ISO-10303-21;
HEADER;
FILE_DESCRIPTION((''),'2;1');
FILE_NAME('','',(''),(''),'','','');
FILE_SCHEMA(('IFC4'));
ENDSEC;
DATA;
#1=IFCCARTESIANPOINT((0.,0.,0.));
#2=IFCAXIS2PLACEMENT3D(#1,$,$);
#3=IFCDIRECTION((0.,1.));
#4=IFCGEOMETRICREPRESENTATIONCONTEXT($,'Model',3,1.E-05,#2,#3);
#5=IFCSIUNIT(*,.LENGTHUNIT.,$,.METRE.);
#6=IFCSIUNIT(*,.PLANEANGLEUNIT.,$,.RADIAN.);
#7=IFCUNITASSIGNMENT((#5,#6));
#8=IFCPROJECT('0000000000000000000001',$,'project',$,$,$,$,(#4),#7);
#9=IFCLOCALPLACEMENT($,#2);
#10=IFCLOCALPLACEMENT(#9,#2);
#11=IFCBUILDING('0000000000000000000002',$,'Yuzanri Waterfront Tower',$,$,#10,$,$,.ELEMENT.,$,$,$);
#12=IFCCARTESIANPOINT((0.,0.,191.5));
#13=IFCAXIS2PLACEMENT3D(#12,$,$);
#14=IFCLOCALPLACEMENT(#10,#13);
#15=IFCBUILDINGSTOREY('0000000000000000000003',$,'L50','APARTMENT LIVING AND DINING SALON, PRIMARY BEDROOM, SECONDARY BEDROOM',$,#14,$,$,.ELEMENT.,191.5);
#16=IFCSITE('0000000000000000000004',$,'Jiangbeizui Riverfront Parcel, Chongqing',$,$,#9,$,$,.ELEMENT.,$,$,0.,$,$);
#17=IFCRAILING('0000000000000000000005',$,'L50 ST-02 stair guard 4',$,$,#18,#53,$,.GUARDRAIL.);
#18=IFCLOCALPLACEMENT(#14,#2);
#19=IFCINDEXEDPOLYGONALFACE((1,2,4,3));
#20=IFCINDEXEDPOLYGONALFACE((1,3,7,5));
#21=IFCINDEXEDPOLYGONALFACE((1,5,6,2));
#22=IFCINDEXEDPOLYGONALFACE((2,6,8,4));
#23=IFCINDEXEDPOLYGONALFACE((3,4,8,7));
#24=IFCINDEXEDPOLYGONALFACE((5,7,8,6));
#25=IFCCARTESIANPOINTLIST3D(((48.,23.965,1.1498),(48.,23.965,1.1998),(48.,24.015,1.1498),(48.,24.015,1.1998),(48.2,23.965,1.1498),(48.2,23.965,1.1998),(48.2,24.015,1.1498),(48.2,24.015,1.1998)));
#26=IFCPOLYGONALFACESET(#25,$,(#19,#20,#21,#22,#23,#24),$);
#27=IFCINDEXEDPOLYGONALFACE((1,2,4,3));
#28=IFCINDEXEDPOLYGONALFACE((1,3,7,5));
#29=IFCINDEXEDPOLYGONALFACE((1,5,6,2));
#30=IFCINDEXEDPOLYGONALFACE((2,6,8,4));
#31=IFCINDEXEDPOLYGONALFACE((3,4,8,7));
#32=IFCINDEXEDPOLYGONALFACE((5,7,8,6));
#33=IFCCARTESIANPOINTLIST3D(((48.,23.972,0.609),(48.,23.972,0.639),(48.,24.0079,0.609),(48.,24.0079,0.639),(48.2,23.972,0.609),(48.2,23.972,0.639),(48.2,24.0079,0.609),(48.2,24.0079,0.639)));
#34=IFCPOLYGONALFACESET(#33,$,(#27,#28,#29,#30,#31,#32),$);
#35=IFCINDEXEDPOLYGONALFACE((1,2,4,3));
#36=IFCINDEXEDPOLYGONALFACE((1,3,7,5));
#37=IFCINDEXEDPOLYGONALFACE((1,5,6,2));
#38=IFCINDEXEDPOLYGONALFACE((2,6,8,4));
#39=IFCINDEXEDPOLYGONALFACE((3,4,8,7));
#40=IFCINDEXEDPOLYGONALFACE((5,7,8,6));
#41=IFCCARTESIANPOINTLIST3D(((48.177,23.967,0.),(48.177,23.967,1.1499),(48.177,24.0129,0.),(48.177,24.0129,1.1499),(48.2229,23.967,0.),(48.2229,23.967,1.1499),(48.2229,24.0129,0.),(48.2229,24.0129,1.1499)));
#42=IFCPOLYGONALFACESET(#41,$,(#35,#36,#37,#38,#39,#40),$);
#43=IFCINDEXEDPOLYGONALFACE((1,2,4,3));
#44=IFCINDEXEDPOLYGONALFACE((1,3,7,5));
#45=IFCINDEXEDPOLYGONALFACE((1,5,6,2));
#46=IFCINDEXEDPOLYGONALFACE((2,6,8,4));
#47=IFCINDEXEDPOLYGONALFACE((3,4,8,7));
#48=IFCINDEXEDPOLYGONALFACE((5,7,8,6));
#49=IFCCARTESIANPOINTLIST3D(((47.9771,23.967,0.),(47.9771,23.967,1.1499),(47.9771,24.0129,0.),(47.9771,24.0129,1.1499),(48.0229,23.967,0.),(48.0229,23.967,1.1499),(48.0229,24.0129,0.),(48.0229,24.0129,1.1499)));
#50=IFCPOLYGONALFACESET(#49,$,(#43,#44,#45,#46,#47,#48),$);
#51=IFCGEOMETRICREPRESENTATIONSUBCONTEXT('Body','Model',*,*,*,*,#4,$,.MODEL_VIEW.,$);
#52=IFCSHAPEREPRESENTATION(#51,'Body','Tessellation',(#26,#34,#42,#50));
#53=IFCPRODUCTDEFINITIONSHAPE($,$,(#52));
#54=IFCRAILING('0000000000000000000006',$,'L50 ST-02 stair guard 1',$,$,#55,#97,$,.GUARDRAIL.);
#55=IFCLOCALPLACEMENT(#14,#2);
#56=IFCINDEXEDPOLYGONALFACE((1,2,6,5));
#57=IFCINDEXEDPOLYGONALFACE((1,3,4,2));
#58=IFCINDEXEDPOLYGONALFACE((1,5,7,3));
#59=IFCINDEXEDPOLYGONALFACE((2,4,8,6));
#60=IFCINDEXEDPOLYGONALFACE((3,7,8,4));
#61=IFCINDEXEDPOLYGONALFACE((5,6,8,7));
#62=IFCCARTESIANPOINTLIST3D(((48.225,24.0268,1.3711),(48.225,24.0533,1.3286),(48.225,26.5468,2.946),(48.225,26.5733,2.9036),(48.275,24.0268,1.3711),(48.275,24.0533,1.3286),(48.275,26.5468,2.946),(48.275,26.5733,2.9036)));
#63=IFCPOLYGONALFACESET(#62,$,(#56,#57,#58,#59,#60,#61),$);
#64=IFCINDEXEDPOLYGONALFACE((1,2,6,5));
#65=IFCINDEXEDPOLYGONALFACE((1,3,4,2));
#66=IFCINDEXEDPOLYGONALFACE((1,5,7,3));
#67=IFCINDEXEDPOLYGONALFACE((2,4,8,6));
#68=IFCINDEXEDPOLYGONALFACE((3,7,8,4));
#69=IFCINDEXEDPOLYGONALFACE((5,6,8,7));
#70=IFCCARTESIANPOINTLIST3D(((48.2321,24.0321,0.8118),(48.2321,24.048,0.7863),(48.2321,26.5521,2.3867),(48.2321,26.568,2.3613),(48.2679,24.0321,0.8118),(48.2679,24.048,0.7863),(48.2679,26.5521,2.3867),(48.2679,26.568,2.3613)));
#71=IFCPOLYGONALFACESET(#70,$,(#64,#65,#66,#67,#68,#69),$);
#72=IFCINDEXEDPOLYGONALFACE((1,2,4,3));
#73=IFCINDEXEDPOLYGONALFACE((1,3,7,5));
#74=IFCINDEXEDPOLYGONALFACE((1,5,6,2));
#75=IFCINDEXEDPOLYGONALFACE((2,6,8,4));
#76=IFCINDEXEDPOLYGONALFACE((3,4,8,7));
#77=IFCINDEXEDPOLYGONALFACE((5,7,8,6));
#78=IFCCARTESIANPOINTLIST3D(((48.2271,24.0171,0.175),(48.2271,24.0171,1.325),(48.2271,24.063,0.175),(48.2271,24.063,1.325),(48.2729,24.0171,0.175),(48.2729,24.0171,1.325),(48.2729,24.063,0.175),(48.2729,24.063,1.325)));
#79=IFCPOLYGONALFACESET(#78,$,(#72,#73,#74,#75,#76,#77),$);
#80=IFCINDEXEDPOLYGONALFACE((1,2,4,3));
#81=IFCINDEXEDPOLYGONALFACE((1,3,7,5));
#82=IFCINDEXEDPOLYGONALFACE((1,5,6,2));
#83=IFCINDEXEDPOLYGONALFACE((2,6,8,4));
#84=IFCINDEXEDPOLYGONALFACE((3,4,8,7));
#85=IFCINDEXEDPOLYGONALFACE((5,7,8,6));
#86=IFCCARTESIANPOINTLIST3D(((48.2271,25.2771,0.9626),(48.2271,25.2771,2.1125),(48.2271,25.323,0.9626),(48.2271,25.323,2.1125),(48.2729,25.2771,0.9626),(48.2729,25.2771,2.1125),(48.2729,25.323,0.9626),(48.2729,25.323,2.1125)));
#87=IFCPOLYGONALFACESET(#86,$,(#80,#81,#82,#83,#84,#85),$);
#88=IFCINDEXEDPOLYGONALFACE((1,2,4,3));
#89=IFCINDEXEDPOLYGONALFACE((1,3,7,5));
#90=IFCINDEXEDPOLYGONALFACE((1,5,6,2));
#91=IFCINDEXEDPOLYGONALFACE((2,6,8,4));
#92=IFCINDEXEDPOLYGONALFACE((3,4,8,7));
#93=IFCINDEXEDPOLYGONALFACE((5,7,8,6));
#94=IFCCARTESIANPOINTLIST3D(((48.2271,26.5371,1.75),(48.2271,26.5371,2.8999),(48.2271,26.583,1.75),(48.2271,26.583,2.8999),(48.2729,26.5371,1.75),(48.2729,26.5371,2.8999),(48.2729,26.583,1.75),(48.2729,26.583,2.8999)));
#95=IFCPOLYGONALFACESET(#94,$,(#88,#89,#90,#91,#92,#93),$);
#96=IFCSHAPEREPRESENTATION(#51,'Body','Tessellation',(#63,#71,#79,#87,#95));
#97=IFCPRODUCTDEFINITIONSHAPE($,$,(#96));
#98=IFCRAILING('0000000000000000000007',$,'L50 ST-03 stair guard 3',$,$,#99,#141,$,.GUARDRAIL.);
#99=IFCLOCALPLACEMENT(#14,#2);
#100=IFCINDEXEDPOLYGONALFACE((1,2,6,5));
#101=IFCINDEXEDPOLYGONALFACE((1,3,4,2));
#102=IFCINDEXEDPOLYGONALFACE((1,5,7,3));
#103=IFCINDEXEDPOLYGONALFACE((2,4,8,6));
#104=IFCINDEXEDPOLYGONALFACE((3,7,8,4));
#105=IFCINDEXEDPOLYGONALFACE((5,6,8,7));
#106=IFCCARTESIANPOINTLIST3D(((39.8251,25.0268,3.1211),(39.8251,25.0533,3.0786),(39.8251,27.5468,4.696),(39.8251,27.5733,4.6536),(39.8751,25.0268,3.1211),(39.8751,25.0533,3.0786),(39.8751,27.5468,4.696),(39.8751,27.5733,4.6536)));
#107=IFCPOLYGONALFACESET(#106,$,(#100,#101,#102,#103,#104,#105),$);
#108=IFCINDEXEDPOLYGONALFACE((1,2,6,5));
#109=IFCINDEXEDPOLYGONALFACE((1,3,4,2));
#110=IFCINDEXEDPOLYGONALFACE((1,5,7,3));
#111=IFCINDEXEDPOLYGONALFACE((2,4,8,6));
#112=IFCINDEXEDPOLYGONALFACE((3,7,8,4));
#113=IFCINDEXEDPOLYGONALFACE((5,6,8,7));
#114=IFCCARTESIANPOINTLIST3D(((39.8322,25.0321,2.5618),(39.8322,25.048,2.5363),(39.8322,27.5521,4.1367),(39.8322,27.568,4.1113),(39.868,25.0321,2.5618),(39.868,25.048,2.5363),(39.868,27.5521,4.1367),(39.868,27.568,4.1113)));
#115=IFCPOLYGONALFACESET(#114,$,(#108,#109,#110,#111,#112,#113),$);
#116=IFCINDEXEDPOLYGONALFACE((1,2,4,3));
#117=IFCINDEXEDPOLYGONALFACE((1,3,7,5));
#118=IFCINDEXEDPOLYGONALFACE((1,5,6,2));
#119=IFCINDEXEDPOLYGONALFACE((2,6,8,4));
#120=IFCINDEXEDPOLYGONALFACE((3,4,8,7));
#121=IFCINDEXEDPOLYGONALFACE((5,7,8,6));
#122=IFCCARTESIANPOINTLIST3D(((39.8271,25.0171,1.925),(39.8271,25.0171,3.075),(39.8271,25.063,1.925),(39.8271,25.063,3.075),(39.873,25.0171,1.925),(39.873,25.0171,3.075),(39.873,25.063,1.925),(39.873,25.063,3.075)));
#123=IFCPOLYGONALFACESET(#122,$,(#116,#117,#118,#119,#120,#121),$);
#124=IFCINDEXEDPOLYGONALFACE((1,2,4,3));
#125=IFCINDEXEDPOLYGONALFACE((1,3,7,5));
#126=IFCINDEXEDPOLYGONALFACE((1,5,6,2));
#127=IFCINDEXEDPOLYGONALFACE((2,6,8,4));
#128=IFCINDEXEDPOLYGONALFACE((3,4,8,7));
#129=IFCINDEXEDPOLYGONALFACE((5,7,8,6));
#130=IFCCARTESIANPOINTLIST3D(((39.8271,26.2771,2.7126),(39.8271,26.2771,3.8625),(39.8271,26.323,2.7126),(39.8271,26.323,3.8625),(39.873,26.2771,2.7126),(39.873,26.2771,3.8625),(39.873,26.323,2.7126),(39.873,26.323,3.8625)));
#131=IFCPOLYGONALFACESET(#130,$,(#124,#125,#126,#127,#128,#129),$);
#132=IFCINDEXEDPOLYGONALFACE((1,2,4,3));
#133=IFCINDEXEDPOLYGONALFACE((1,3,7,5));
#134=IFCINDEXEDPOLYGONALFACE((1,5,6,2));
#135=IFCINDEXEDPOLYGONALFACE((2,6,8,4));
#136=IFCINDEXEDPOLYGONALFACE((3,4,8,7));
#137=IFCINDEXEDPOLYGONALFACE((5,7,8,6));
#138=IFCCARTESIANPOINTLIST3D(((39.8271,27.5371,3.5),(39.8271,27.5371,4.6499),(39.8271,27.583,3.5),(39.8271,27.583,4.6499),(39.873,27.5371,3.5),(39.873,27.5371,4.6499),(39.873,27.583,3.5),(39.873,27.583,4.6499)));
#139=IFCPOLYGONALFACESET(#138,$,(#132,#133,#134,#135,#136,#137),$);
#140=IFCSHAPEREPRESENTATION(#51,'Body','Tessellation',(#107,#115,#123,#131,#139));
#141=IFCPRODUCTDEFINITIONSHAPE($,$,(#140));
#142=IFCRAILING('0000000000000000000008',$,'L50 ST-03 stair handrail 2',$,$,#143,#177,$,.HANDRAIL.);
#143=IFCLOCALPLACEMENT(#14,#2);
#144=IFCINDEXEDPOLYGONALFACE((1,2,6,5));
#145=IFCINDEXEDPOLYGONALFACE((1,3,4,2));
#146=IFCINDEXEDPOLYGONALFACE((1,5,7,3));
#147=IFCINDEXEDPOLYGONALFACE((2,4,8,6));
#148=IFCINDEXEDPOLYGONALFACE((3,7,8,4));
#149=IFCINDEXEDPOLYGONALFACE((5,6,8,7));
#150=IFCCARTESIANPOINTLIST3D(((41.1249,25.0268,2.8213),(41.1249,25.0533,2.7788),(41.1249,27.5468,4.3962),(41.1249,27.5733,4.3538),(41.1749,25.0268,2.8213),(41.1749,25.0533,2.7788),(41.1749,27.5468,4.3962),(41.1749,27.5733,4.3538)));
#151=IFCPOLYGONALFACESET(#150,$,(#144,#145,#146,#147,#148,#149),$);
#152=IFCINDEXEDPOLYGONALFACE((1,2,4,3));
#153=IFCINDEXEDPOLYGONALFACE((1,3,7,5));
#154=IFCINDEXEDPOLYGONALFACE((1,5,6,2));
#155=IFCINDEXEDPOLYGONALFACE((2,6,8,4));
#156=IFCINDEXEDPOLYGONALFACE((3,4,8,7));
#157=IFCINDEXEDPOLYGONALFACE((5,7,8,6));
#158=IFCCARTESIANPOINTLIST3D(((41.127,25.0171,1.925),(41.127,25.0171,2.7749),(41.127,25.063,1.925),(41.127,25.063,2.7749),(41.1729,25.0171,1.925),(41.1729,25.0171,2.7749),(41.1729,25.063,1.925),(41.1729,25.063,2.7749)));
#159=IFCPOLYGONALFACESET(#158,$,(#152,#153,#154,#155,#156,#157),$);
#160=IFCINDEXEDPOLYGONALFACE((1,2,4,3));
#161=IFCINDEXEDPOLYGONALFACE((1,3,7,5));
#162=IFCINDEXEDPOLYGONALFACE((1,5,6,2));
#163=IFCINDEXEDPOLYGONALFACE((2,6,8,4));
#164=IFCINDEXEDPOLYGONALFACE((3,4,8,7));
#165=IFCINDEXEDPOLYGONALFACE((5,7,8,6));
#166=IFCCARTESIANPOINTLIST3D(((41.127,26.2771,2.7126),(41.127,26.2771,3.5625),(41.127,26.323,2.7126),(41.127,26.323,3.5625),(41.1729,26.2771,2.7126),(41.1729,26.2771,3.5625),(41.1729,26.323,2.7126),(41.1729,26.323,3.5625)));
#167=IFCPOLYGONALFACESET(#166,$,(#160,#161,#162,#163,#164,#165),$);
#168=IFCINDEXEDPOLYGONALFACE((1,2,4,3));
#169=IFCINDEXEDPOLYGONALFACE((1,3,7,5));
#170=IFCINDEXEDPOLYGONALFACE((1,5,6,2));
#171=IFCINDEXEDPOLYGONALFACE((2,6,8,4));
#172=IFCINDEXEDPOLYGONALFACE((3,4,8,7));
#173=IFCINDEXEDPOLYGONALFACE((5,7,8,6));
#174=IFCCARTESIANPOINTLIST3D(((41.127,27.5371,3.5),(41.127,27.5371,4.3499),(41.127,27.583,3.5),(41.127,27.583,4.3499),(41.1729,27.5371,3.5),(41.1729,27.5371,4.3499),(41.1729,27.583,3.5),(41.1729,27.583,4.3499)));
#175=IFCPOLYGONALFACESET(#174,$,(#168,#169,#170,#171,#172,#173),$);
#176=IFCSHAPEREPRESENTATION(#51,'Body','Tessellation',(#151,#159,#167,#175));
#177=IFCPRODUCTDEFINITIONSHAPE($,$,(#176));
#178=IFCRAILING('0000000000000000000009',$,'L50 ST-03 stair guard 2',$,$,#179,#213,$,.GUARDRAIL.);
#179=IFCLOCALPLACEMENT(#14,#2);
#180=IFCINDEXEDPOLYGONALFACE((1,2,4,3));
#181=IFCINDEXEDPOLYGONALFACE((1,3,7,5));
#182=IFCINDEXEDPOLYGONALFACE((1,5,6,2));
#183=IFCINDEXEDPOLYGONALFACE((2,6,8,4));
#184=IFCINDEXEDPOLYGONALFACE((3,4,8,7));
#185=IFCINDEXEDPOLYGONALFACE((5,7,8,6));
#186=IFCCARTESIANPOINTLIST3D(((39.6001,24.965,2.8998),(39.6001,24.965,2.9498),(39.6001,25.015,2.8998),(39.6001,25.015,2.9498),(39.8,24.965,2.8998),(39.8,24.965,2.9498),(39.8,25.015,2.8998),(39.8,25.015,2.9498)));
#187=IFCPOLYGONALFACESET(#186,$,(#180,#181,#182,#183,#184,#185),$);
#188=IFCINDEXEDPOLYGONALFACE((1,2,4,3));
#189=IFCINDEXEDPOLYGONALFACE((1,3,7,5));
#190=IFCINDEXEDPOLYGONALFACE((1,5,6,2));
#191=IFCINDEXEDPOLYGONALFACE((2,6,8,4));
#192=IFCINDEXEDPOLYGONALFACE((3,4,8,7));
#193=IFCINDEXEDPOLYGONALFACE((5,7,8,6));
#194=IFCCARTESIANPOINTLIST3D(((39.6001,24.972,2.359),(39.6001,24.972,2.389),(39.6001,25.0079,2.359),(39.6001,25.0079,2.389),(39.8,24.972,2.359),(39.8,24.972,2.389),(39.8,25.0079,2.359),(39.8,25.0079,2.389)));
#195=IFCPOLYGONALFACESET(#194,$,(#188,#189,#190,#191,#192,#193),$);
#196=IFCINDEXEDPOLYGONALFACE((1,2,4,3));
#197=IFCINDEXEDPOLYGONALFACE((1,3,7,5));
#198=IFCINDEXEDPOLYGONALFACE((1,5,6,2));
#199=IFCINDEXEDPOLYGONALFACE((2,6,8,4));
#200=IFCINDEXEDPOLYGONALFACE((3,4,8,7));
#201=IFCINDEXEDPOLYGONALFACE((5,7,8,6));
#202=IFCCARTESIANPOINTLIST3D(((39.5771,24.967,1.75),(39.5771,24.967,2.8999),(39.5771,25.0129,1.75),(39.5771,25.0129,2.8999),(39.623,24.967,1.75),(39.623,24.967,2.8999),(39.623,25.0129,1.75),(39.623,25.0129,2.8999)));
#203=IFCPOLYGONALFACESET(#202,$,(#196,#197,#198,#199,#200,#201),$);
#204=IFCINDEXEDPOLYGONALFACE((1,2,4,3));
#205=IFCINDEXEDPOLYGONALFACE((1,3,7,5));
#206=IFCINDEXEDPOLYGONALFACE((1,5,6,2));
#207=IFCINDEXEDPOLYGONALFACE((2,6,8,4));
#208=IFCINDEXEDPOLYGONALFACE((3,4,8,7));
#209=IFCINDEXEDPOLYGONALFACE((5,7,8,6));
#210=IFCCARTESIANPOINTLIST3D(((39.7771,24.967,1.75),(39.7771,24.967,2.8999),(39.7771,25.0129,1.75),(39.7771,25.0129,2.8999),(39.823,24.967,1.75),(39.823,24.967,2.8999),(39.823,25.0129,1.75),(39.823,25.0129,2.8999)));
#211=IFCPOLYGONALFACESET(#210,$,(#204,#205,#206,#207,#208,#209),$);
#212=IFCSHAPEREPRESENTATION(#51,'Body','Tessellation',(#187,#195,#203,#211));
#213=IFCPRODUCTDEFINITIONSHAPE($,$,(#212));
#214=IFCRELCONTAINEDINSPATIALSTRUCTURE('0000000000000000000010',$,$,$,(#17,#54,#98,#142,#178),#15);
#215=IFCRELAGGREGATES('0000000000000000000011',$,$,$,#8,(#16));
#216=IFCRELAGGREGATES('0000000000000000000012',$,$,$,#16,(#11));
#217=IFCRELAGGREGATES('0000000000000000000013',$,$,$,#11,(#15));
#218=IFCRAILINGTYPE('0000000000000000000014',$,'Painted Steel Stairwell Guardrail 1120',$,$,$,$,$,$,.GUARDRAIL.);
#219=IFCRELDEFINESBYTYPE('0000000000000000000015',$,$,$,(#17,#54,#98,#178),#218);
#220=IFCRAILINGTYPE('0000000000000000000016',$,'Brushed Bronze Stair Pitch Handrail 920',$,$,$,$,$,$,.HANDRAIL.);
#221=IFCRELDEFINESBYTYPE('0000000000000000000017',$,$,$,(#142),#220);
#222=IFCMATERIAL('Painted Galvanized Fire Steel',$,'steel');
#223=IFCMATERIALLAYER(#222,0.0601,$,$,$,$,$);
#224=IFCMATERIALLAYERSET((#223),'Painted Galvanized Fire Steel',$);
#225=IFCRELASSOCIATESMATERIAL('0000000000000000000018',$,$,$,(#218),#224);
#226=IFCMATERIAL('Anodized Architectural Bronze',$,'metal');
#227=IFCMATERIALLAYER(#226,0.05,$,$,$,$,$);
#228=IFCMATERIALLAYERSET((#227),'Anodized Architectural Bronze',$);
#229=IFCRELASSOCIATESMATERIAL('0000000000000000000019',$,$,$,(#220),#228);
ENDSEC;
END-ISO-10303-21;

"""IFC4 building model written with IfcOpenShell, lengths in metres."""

from ifc_helpers import new_model, si_unit, direction, frame, origin, origin_2d, place, context, subcontext, project, spatial, rectangle, extrude, source, transform, mapped, material, layer, layer_set, type_object, element, save


model = new_model("IFC4")

# Units and contexts
model_context = context("Model", 3, precision=1e-05, world=origin(), true_north=direction((0.0, 1.0)))
body_context = subcontext(model_context, "Body", "Model", "MODEL_VIEW")
ifc_project = project(units=[si_unit("LENGTHUNIT", "METRE"), si_unit("PLANEANGLEUNIT", "RADIAN")], contexts=[model_context])

# Site, building, storey
site_placement = place(None, origin())
site = spatial("IfcSite", under=ifc_project, at=site_placement, Name="Jiangbeizui Riverfront Parcel, Chongqing", CompositionType="ELEMENT", RefElevation=0.0)
building_placement = place(site_placement, origin())
building = spatial("IfcBuilding", under=site, at=building_placement, Name="Yuzanri Waterfront Tower", CompositionType="ELEMENT")
storey_placement = place(building_placement, frame((0.0, 0.0, 191.5)))
storey = spatial("IfcBuildingStorey", under=building, at=storey_placement, Name="L50", Description="APARTMENT LIVING AND DINING SALON, PRIMARY BEDROOM, SECONDARY BEDROOM", CompositionType="ELEMENT", Elevation=191.5)

# Railings
ifc_material_1 = material(Name="Painted Galvanized Fire Steel", Category="steel")
ifc_layer_1 = layer(ifc_material_1, 0.0601)
ifc_layer_set_1 = layer_set([ifc_layer_1], Name="Painted Galvanized Fire Steel")
railing_type_1 = type_object("IfcRailingType", Name="Painted Steel Stairwell Guardrail 1120", PredefinedType="GUARDRAIL", material=ifc_layer_set_1)
shared_shape_1 = source(origin(), body_context, "Body", "SweptSolid", [
    extrude(rectangle(XDim=0.05, YDim=0.05, at=origin_2d()), frame((0.0, 0.0, 1.1748), z_axis=(-1.0, 0.0, 0.0), x_axis=(0.0, -1.0, 0.0)), (0.0, 0.0, 1.0), 0.2),
    extrude(rectangle(XDim=0.0359, YDim=0.03, at=origin_2d()), frame((0.0, 0.0, 0.624), z_axis=(-1.0, 0.0, 0.0), x_axis=(0.0, -1.0, 0.0)), (0.0, 0.0, 1.0), 0.2),
    extrude(rectangle(XDim=0.0459, YDim=0.0459, at=origin_2d()), origin(), (0.0, 0.0, 1.0), 1.1499),
    extrude(rectangle(XDim=0.0459, YDim=0.0459, at=origin_2d()), frame((-0.2, 0.0, 0.0)), (0.0, 0.0, 1.0), 1.1499),
])
railing_1_placement = place(storey_placement, frame((48.2, 23.99, 0.0)))
element("IfcRailing", 1, at=railing_1_placement, inside=storey, type_object=railing_type_1, Name="L50 ST-02 stair guard 4", PredefinedType="GUARDRAIL", context=body_context, shape_type="MappedRepresentation", body=[
    mapped(shared_shape_1, transform((0.0, 0.0, 0.0), scale=1.0)),
])
shared_shape_2 = source(origin(), body_context, "Body", "SweptSolid", [
    extrude(rectangle(XDim=0.05, YDim=0.05, at=origin_2d()), frame((0.0, 0.0, 1.1748), z_axis=(0.0, 0.848008, 0.529984), x_axis=(-1.0, 0.0, 0.0)), (0.0, 0.0, 1.0), 2.9717),
    extrude(rectangle(XDim=0.0359, YDim=0.03, at=origin_2d()), frame((0.0, 0.0, 0.624), z_axis=(0.0, 0.848008, 0.529984), x_axis=(-1.0, 0.0, 0.0)), (0.0, 0.0, 1.0), 2.9717),
    extrude(rectangle(XDim=0.0459, YDim=0.0459, at=origin_2d()), origin(), (0.0, 0.0, 1.0), 1.1499),
    extrude(rectangle(XDim=0.0459, YDim=0.0459, at=origin_2d()), frame((0.0, 1.26, 0.7876)), (0.0, 0.0, 1.0), 1.1499),
    extrude(rectangle(XDim=0.0459, YDim=0.0459, at=origin_2d()), frame((0.0, 2.52, 1.575)), (0.0, 0.0, 1.0), 1.1499),
])
for number, where, name in (
    (2, (48.25, 24.04, 0.175), "L50 ST-02 stair guard 1"),
    (3, (39.8501, 25.04, 1.925), "L50 ST-03 stair guard 3"),
):
    element("IfcRailing", number, at=place(storey_placement, frame(where)), inside=storey, type_object=railing_type_1, Name=name, PredefinedType="GUARDRAIL", context=body_context, shape_type="MappedRepresentation", body=[
        mapped(shared_shape_2, transform((0.0, 0.0, 0.0), scale=1.0)),
    ])
ifc_material_2 = material(Name="Anodized Architectural Bronze", Category="metal")
ifc_layer_2 = layer(ifc_material_2, 0.05)
ifc_layer_set_2 = layer_set([ifc_layer_2], Name="Anodized Architectural Bronze")
railing_type_2 = type_object("IfcRailingType", Name="Brushed Bronze Stair Pitch Handrail 920", PredefinedType="HANDRAIL", material=ifc_layer_set_2)
shared_shape_3 = source(origin(), body_context, "Body", "SweptSolid", [
    extrude(rectangle(XDim=0.05, YDim=0.05, at=origin_2d()), frame((0.0, 0.0, 0.875), z_axis=(0.0, 0.848008, 0.529984), x_axis=(-1.0, 0.0, 0.0)), (0.0, 0.0, 1.0), 2.9717),
    extrude(rectangle(XDim=0.0459, YDim=0.0459, at=origin_2d()), origin(), (0.0, 0.0, 1.0), 0.8499),
    extrude(rectangle(XDim=0.0459, YDim=0.0459, at=origin_2d()), frame((0.0, 1.26, 0.7876)), (0.0, 0.0, 1.0), 0.8499),
    extrude(rectangle(XDim=0.0459, YDim=0.0459, at=origin_2d()), frame((0.0, 2.52, 1.575)), (0.0, 0.0, 1.0), 0.8499),
])
railing_2_placement = place(storey_placement, frame((41.1499, 25.04, 1.925)))
element("IfcRailing", 4, at=railing_2_placement, inside=storey, type_object=railing_type_2, Name="L50 ST-03 stair handrail 2", PredefinedType="HANDRAIL", context=body_context, shape_type="MappedRepresentation", body=[
    mapped(shared_shape_3, transform((0.0, 0.0, 0.0), scale=1.0)),
])
shared_shape_4 = source(origin(), body_context, "Body", "SweptSolid", [
    extrude(rectangle(XDim=0.05, YDim=0.05, at=origin_2d()), frame((0.0, 0.0, 1.1748), z_axis=(1.0, 0.0, 0.0), x_axis=(0.0, 1.0, 0.0)), (0.0, 0.0, 1.0), 0.2),
    extrude(rectangle(XDim=0.0359, YDim=0.03, at=origin_2d()), frame((0.0, 0.0, 0.624), z_axis=(1.0, 0.0, 0.0), x_axis=(0.0, 1.0, 0.0)), (0.0, 0.0, 1.0), 0.2),
    extrude(rectangle(XDim=0.0459, YDim=0.0459, at=origin_2d()), origin(), (0.0, 0.0, 1.0), 1.1499),
    extrude(rectangle(XDim=0.0459, YDim=0.0459, at=origin_2d()), frame((0.2, 0.0, 0.0)), (0.0, 0.0, 1.0), 1.1499),
])
railing_3_placement = place(storey_placement, frame((39.6001, 24.99, 1.75)))
element("IfcRailing", 5, at=railing_3_placement, inside=storey, type_object=railing_type_1, Name="L50 ST-03 stair guard 2", PredefinedType="GUARDRAIL", context=body_context, shape_type="MappedRepresentation", body=[
    mapped(shared_shape_4, transform((0.0, 0.0, 0.0), scale=1.0)),
])

save(model, "model.ifc")
